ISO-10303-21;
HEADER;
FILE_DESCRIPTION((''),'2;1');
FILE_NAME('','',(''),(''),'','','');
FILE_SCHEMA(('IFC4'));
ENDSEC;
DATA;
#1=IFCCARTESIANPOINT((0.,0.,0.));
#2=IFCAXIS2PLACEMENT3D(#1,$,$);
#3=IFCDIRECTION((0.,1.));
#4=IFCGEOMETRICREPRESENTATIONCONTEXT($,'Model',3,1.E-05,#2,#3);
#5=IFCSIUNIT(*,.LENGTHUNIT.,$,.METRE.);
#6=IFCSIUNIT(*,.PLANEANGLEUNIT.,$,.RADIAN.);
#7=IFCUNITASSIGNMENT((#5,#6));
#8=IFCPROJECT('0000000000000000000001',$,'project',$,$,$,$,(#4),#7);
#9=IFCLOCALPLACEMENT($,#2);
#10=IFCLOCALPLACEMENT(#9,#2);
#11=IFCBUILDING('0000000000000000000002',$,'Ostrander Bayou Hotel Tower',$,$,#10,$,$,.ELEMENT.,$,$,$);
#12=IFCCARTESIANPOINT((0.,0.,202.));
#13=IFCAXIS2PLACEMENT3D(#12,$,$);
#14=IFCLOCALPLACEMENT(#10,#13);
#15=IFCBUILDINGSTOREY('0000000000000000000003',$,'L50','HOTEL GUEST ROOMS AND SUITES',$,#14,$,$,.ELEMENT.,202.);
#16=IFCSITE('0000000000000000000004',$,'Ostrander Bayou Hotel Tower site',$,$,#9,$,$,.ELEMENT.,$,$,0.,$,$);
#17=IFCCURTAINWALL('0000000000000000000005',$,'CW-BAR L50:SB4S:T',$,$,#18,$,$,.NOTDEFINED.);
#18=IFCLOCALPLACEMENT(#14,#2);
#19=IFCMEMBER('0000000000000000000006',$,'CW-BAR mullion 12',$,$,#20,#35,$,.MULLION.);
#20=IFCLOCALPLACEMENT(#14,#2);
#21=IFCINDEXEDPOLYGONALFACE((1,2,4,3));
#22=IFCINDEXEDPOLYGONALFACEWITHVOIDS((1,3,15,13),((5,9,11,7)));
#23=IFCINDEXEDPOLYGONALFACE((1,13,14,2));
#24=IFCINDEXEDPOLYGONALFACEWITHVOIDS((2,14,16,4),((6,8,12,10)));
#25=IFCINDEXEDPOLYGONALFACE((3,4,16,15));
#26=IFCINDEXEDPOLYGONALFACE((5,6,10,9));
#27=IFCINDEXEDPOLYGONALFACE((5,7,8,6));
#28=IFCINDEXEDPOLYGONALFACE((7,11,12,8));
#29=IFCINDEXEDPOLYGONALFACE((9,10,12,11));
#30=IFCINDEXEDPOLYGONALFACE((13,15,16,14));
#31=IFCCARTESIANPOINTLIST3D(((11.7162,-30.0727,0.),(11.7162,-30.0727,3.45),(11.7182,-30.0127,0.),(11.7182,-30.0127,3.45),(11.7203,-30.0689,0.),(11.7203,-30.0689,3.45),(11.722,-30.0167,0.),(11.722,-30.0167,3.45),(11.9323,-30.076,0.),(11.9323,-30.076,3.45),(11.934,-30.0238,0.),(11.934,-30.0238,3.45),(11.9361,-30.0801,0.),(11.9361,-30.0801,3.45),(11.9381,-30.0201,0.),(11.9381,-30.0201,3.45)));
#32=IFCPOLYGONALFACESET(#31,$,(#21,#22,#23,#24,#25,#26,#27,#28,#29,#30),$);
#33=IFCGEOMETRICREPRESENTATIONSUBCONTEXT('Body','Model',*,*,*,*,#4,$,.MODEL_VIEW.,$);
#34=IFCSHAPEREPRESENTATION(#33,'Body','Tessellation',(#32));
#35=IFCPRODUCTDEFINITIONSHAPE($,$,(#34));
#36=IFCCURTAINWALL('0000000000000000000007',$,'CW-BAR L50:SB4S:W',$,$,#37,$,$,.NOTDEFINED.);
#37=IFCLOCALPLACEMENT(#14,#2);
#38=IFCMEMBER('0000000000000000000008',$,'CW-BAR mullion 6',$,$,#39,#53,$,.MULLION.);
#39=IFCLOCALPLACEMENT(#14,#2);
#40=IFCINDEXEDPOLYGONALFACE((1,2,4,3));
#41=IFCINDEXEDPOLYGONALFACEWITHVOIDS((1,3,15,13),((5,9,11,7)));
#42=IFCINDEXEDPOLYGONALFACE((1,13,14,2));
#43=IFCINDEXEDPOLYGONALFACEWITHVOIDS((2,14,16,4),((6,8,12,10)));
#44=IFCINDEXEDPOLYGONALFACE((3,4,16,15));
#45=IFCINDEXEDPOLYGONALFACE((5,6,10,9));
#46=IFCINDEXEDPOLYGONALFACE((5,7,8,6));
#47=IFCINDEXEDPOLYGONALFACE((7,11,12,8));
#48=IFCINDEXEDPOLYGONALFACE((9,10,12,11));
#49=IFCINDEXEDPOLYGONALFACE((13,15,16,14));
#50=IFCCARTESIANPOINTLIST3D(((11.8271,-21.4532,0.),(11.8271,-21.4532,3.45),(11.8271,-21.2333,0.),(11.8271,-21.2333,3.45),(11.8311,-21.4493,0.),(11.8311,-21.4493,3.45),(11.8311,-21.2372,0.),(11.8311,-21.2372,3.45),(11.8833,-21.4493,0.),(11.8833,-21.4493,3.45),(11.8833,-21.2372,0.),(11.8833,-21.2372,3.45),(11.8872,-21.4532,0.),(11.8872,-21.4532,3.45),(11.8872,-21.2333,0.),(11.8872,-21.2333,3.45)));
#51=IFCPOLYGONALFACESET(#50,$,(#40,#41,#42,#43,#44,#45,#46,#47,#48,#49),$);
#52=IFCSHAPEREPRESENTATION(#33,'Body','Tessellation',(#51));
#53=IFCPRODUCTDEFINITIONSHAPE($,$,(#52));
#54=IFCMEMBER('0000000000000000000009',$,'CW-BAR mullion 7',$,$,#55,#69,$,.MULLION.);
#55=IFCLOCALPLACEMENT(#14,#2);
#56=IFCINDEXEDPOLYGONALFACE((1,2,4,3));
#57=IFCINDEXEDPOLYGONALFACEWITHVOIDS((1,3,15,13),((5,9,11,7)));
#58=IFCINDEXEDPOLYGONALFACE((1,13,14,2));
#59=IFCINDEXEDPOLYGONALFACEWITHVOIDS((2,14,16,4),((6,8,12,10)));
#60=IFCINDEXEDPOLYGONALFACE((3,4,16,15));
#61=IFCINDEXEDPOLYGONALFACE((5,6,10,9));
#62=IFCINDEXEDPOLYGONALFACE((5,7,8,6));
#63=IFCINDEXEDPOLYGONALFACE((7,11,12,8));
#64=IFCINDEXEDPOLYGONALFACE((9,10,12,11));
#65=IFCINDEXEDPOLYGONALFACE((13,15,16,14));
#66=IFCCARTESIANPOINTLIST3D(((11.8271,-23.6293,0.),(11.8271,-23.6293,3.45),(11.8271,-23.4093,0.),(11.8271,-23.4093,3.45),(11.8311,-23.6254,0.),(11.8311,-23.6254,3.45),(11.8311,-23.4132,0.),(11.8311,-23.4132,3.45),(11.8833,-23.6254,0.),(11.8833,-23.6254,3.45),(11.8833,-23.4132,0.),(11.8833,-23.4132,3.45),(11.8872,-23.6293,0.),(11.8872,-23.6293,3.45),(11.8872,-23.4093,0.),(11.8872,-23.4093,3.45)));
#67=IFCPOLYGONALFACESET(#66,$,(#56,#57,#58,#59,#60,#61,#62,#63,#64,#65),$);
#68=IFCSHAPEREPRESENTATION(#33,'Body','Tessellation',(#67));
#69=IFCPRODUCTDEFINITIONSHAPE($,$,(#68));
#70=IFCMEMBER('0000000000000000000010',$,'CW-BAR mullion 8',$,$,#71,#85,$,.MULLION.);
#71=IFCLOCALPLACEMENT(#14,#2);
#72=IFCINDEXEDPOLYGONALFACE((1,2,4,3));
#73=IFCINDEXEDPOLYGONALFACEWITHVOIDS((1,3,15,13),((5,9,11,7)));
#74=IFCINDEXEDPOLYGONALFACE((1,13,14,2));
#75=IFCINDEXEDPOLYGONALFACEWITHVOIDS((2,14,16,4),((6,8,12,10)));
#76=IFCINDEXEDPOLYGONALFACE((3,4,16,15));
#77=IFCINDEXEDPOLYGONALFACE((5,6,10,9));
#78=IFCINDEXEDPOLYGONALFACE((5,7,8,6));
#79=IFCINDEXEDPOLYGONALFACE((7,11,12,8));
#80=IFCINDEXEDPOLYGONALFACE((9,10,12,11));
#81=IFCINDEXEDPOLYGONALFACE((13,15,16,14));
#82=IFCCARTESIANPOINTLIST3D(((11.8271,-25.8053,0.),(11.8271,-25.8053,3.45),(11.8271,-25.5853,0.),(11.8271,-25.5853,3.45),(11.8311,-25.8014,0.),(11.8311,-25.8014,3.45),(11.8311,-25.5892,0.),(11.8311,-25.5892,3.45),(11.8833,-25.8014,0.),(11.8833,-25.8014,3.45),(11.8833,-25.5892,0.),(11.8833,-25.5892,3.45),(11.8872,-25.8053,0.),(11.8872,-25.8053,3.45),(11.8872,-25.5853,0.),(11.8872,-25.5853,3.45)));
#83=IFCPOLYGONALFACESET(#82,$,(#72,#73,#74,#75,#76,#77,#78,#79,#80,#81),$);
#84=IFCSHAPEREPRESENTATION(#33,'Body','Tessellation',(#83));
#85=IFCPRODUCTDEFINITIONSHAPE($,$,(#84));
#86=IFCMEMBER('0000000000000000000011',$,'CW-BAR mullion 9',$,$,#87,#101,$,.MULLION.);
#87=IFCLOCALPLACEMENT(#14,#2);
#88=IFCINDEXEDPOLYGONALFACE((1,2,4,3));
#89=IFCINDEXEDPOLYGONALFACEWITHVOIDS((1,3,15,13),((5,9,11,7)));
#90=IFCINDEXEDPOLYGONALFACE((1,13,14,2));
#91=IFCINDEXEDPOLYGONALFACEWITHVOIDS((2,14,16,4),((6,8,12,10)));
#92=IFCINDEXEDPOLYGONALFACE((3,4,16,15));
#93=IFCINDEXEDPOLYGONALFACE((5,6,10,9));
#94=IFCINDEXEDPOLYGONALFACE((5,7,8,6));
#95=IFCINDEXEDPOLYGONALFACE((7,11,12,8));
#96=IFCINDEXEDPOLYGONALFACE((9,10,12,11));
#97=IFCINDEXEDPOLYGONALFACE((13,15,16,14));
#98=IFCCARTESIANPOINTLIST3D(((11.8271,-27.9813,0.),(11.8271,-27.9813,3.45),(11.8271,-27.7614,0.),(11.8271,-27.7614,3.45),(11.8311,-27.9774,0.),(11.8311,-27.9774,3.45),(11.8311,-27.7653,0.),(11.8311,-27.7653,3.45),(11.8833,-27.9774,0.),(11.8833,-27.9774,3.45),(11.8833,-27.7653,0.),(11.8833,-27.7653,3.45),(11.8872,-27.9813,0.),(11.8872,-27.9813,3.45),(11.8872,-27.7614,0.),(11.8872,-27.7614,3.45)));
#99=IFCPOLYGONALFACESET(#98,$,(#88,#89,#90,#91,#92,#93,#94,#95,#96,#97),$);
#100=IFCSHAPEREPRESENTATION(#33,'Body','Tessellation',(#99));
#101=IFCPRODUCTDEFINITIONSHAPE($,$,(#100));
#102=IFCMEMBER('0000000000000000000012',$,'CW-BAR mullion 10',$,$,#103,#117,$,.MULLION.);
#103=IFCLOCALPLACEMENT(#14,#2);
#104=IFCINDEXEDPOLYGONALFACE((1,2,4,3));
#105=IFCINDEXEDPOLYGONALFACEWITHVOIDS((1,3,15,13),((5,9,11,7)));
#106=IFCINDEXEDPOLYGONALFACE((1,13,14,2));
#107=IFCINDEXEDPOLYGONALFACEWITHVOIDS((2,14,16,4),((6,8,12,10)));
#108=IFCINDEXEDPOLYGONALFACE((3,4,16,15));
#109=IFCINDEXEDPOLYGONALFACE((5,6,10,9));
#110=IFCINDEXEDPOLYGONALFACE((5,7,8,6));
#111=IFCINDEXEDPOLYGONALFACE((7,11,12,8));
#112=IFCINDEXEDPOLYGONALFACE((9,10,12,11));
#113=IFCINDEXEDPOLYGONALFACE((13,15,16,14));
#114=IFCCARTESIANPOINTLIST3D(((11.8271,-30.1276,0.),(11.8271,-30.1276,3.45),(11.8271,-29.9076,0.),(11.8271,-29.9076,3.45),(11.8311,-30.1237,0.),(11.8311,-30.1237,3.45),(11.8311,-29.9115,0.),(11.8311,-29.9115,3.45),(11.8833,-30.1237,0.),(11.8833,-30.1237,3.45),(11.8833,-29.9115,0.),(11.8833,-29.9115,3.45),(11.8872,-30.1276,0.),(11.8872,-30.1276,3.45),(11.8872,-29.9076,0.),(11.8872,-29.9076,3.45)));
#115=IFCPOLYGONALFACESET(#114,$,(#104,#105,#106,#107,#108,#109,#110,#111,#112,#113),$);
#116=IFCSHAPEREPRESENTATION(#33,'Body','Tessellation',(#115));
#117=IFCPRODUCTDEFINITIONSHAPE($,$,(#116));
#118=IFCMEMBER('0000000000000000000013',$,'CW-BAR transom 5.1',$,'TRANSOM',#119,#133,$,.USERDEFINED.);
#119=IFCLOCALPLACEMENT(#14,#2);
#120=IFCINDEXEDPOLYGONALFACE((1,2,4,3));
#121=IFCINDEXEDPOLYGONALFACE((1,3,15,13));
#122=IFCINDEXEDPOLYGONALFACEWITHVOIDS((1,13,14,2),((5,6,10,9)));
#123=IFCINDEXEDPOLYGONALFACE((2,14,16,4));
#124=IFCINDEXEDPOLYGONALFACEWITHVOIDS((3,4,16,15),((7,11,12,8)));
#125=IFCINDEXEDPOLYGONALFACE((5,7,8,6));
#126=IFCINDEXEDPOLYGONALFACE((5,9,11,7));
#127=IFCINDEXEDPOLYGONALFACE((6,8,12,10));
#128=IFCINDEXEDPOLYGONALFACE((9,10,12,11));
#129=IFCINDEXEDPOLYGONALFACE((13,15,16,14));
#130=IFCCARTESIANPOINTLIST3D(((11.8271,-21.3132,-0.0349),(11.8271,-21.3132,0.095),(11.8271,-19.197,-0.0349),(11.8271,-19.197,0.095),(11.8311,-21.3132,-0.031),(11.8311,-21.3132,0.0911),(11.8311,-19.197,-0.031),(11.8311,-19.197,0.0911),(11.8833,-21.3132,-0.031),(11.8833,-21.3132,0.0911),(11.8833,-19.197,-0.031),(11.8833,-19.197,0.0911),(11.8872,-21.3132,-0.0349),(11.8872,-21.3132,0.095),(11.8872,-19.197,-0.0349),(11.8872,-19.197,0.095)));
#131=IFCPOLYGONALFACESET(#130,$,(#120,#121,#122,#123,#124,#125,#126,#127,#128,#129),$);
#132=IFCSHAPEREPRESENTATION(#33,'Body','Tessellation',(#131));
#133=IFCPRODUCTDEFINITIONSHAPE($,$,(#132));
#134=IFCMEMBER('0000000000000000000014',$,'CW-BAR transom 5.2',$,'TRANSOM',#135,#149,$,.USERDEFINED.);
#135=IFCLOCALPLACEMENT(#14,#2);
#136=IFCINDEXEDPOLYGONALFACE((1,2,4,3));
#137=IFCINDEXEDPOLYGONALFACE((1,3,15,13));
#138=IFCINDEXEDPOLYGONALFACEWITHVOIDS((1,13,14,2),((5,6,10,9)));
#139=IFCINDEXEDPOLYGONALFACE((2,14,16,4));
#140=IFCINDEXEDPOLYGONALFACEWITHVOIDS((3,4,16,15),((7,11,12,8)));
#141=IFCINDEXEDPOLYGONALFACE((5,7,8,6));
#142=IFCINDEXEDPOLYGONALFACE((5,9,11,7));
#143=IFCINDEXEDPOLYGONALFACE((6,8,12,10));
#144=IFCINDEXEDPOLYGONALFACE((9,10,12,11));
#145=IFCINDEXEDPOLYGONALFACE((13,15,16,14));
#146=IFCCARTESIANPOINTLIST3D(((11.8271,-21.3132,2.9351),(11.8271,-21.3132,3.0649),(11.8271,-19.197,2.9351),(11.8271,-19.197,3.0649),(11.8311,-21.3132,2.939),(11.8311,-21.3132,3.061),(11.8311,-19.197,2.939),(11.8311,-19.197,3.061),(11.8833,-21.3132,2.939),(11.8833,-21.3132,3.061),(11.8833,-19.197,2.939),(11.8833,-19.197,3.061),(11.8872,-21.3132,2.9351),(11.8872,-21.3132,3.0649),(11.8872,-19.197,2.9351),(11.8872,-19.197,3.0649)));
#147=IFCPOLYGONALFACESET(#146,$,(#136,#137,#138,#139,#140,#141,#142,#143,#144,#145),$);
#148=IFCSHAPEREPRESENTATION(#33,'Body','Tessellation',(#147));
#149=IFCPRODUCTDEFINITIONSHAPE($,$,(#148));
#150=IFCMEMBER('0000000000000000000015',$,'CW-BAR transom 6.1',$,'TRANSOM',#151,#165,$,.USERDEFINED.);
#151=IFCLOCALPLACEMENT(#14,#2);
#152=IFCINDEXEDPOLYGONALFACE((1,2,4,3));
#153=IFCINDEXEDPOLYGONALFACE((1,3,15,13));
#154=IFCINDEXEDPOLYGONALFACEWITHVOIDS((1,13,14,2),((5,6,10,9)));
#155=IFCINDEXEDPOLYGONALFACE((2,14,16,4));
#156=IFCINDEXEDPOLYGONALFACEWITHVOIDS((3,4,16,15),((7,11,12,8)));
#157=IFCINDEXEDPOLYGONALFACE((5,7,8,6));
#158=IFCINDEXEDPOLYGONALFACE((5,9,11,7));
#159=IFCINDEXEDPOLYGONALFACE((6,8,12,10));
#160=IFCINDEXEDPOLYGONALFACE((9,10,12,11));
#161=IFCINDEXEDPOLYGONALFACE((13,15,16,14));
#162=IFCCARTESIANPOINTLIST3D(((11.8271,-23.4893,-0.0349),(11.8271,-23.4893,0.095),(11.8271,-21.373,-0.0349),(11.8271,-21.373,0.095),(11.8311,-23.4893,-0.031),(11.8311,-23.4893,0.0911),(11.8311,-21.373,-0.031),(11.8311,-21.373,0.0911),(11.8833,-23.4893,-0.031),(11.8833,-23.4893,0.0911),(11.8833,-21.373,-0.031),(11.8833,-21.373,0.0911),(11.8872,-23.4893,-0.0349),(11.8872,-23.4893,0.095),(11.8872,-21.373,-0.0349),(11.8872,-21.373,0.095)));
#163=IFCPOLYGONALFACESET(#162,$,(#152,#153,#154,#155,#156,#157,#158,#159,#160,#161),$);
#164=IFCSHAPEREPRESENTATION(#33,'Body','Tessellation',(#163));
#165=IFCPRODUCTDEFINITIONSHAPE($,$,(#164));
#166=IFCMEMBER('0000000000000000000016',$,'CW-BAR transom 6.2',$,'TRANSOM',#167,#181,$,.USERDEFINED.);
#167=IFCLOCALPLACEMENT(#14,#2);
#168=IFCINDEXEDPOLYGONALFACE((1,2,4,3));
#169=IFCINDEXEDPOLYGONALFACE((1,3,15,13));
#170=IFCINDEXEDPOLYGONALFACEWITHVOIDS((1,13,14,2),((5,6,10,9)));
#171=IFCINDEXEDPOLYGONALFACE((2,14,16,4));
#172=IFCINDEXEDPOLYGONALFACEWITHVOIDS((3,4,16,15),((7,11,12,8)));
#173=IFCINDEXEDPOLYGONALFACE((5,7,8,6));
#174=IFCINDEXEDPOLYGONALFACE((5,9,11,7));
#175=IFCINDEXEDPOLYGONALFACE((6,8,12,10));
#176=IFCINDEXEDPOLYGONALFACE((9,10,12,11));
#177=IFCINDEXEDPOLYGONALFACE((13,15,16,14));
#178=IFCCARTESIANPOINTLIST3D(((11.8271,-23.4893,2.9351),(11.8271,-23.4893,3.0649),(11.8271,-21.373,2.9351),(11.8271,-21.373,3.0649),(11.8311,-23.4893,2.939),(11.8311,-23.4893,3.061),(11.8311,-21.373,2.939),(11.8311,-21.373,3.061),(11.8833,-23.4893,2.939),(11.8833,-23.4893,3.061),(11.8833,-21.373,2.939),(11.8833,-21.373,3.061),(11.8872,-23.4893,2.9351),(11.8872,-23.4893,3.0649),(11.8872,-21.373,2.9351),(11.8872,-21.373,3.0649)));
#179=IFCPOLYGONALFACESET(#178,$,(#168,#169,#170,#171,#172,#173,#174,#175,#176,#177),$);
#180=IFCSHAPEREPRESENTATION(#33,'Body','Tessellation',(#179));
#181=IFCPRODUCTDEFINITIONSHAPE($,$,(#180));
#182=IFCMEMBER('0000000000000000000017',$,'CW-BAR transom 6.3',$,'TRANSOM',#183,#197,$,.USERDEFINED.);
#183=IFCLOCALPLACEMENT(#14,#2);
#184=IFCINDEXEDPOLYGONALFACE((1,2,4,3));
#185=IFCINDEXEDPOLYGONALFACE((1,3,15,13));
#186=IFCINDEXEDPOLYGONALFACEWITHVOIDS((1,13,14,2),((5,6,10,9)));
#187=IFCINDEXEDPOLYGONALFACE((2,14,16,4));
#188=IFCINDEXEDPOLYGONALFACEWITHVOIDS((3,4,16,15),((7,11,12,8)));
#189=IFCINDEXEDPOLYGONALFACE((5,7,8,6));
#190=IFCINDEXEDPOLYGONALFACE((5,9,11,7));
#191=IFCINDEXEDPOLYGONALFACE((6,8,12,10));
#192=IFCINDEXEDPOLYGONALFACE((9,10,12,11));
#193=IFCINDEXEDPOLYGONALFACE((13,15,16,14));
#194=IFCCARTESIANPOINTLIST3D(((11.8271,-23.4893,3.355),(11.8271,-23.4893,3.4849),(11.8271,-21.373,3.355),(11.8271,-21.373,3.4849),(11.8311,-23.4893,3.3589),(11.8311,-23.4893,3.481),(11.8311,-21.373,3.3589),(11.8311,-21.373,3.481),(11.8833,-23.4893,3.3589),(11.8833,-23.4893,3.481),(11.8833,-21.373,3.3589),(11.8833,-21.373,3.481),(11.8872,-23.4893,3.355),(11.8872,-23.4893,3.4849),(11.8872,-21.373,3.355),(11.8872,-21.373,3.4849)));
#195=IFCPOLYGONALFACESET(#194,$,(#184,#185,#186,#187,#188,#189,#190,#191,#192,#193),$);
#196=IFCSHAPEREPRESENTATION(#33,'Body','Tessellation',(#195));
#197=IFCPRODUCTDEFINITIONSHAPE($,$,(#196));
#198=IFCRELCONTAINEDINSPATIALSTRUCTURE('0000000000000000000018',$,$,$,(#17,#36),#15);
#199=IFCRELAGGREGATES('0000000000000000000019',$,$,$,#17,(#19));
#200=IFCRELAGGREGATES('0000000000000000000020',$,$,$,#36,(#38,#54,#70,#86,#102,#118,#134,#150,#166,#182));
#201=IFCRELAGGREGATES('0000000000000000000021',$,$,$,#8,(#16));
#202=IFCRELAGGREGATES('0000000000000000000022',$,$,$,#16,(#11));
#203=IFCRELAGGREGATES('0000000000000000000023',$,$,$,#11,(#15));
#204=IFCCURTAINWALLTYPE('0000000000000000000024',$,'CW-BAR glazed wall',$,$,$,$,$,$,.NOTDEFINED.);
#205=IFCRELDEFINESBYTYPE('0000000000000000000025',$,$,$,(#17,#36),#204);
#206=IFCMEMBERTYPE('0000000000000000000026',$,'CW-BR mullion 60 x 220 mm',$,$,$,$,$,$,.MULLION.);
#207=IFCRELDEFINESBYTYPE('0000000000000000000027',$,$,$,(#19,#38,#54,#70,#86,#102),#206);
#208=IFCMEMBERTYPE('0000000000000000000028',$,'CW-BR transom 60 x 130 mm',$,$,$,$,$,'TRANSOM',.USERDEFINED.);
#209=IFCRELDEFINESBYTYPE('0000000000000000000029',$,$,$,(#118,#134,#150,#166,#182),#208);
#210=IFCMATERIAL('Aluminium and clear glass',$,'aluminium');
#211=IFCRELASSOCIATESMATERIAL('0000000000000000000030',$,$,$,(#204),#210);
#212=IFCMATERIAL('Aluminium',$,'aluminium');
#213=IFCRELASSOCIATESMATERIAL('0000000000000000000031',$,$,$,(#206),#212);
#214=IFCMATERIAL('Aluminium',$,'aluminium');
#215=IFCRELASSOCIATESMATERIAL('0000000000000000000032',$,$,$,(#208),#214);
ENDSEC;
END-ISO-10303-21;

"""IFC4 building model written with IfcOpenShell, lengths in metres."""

from ifc_helpers import new_model, si_unit, direction, frame, origin, origin_2d, place, context, subcontext, project, spatial, hollow_rectangle, extrude, material, material_profile, profile_set, type_object, element, aggregate, save


model = new_model("IFC4")

# Units and contexts
model_context = context("Model", 3, precision=1e-05, world=origin(), true_north=direction((0.0, 1.0)))
body_context = subcontext(model_context, "Body", "Model", "MODEL_VIEW")
ifc_project = project(units=[si_unit("LENGTHUNIT", "METRE"), si_unit("PLANEANGLEUNIT", "RADIAN")], contexts=[model_context])

# Site, building, storey
site_placement = place(None, origin())
site = spatial("IfcSite", under=ifc_project, at=site_placement, Name="Ostrander Bayou Hotel Tower site", CompositionType="ELEMENT", RefElevation=0.0)
building_placement = place(site_placement, origin())
building = spatial("IfcBuilding", under=site, at=building_placement, Name="Ostrander Bayou Hotel Tower", CompositionType="ELEMENT")
storey_placement = place(building_placement, frame((0.0, 0.0, 202.0)))
storey = spatial("IfcBuildingStorey", under=building, at=storey_placement, Name="L50", Description="HOTEL GUEST ROOMS AND SUITES", CompositionType="ELEMENT", Elevation=202.0)

# Curtain wall, member
ifc_material_1 = material(Name="Aluminium and clear glass", Category="aluminium")
curtain_wall_type = type_object("IfcCurtainWallType", Name="CW-BAR glazed wall", PredefinedType="NOTDEFINED", material=ifc_material_1)
curtain_wall_1_placement = place(storey_placement, origin())
curtain_wall_1 = element("IfcCurtainWall", 1, at=curtain_wall_1_placement, inside=storey, type_object=curtain_wall_type, Name="CW-BAR L50:SB4S:T", PredefinedType="NOTDEFINED")
ifc_material_2 = material(Name="Aluminium", Category="aluminium")
ifc_material_profile_1 = material_profile(ifc_material_2, hollow_rectangle(XDim=0.0601, YDim=0.22, WallThickness=0.0039, at=origin_2d()))
ifc_profile_set_1 = profile_set([ifc_material_profile_1], Name="Aluminium")
member_type_1 = type_object("IfcMemberType", Name="CW-BR mullion 60 x 220 mm", PredefinedType="MULLION", material=ifc_profile_set_1)
member_1_placement = place(storey_placement, frame((11.8271, -30.0464, 0.0), z_axis=(0.0, 0.0, 1.0), x_axis=(0.033505, 0.999439, 0.0)))
member_1 = element("IfcMember", 2, at=member_1_placement, type_object=member_type_1, Name="CW-BAR mullion 12", PredefinedType="MULLION", context=body_context, shape_type="SweptSolid", body=[
    extrude(hollow_rectangle(XDim=0.0601, YDim=0.22, WallThickness=0.0039, at=origin_2d()), origin(), (0.0, 0.0, 1.0), 3.45),
])

# Curtain wall, members
curtain_wall_2_placement = place(storey_placement, origin())
curtain_wall_2 = element("IfcCurtainWall", 3, at=curtain_wall_2_placement, inside=storey, type_object=curtain_wall_type, Name="CW-BAR L50:SB4S:W", PredefinedType="NOTDEFINED")
member_2_placement = place(storey_placement, frame((11.8572, -21.3433, 0.0), z_axis=(0.0, 0.0, 1.0), x_axis=(1.0, 0.0, 0.0)))
member_2 = element("IfcMember", 4, at=member_2_placement, type_object=member_type_1, Name="CW-BAR mullion 6", PredefinedType="MULLION", context=body_context, shape_type="SweptSolid", body=[
    extrude(hollow_rectangle(XDim=0.0601, YDim=0.22, WallThickness=0.0039, at=origin_2d()), origin(), (0.0, 0.0, 1.0), 3.45),
])
member_3_placement = place(storey_placement, frame((11.8572, -23.5193, 0.0), z_axis=(0.0, 0.0, 1.0), x_axis=(1.0, 0.0, 0.0)))
member_3 = element("IfcMember", 5, at=member_3_placement, type_object=member_type_1, Name="CW-BAR mullion 7", PredefinedType="MULLION", context=body_context, shape_type="SweptSolid", body=[
    extrude(hollow_rectangle(XDim=0.0601, YDim=0.22, WallThickness=0.0039, at=origin_2d()), origin(), (0.0, 0.0, 1.0), 3.45),
])
member_4_placement = place(storey_placement, frame((11.8572, -25.6953, 0.0), z_axis=(0.0, 0.0, 1.0), x_axis=(1.0, 0.0, 0.0)))
member_4 = element("IfcMember", 6, at=member_4_placement, type_object=member_type_1, Name="CW-BAR mullion 8", PredefinedType="MULLION", context=body_context, shape_type="SweptSolid", body=[
    extrude(hollow_rectangle(XDim=0.0601, YDim=0.22, WallThickness=0.0039, at=origin_2d()), origin(), (0.0, 0.0, 1.0), 3.45),
])
member_5_placement = place(storey_placement, frame((11.8572, -27.8713, 0.0), z_axis=(0.0, 0.0, 1.0), x_axis=(1.0, 0.0, 0.0)))
member_5 = element("IfcMember", 7, at=member_5_placement, type_object=member_type_1, Name="CW-BAR mullion 9", PredefinedType="MULLION", context=body_context, shape_type="SweptSolid", body=[
    extrude(hollow_rectangle(XDim=0.0601, YDim=0.22, WallThickness=0.0039, at=origin_2d()), origin(), (0.0, 0.0, 1.0), 3.45),
])
member_6_placement = place(storey_placement, frame((11.8572, -30.0176, 0.0), z_axis=(0.0, 0.0, 1.0), x_axis=(1.0, 0.0, 0.0)))
member_6 = element("IfcMember", 8, at=member_6_placement, type_object=member_type_1, Name="CW-BAR mullion 10", PredefinedType="MULLION", context=body_context, shape_type="SweptSolid", body=[
    extrude(hollow_rectangle(XDim=0.0601, YDim=0.22, WallThickness=0.0039, at=origin_2d()), origin(), (0.0, 0.0, 1.0), 3.45),
])
ifc_material_3 = material(Name="Aluminium", Category="aluminium")
ifc_material_profile_2 = material_profile(ifc_material_3, hollow_rectangle(XDim=0.0601, YDim=0.1299, WallThickness=0.0039, at=origin_2d()))
ifc_profile_set_2 = profile_set([ifc_material_profile_2], Name="Aluminium")
member_type_2 = type_object("IfcMemberType", Name="CW-BR transom 60 x 130 mm", ElementType="TRANSOM", PredefinedType="USERDEFINED", material=ifc_profile_set_2)
member_7_placement = place(storey_placement, frame((11.8572, -19.197, 0.03), z_axis=(0.0, -1.0, 0.0), x_axis=(1.0, 0.0, 0.0)))
member_7 = element("IfcMember", 9, at=member_7_placement, type_object=member_type_2, Name="CW-BAR transom 5.1", ObjectType="TRANSOM", PredefinedType="USERDEFINED", context=body_context, shape_type="SweptSolid", body=[
    extrude(hollow_rectangle(XDim=0.0601, YDim=0.1299, WallThickness=0.0039, at=origin_2d()), origin(), (0.0, 0.0, 1.0), 2.1162),
])
member_8_placement = place(storey_placement, frame((11.8572, -19.197, 3.0), z_axis=(0.0, -1.0, 0.0), x_axis=(1.0, 0.0, 0.0)))
member_8 = element("IfcMember", 10, at=member_8_placement, type_object=member_type_2, Name="CW-BAR transom 5.2", ObjectType="TRANSOM", PredefinedType="USERDEFINED", context=body_context, shape_type="SweptSolid", body=[
    extrude(hollow_rectangle(XDim=0.0601, YDim=0.1299, WallThickness=0.0039, at=origin_2d()), origin(), (0.0, 0.0, 1.0), 2.1162),
])
member_9_placement = place(storey_placement, frame((11.8572, -21.373, 0.03), z_axis=(0.0, -1.0, 0.0), x_axis=(1.0, 0.0, 0.0)))
member_9 = element("IfcMember", 11, at=member_9_placement, type_object=member_type_2, Name="CW-BAR transom 6.1", ObjectType="TRANSOM", PredefinedType="USERDEFINED", context=body_context, shape_type="SweptSolid", body=[
    extrude(hollow_rectangle(XDim=0.0601, YDim=0.1299, WallThickness=0.0039, at=origin_2d()), origin(), (0.0, 0.0, 1.0), 2.1162),
])
member_10_placement = place(storey_placement, frame((11.8572, -21.373, 3.0), z_axis=(0.0, -1.0, 0.0), x_axis=(1.0, 0.0, 0.0)))
member_10 = element("IfcMember", 12, at=member_10_placement, type_object=member_type_2, Name="CW-BAR transom 6.2", ObjectType="TRANSOM", PredefinedType="USERDEFINED", context=body_context, shape_type="SweptSolid", body=[
    extrude(hollow_rectangle(XDim=0.0601, YDim=0.1299, WallThickness=0.0039, at=origin_2d()), origin(), (0.0, 0.0, 1.0), 2.1162),
])
member_11_placement = place(storey_placement, frame((11.8572, -21.373, 3.4199), z_axis=(0.0, -1.0, 0.0), x_axis=(1.0, 0.0, 0.0)))
member_11 = element("IfcMember", 13, at=member_11_placement, type_object=member_type_2, Name="CW-BAR transom 6.3", ObjectType="TRANSOM", PredefinedType="USERDEFINED", context=body_context, shape_type="SweptSolid", body=[
    extrude(hollow_rectangle(XDim=0.0601, YDim=0.1299, WallThickness=0.0039, at=origin_2d()), origin(), (0.0, 0.0, 1.0), 2.1162),
])

aggregate(curtain_wall_1, [member_1])
aggregate(curtain_wall_2, [member_2, member_3, member_4, member_5, member_6, member_7, member_8, member_9, member_10, member_11])

save(model, "model.ifc")
